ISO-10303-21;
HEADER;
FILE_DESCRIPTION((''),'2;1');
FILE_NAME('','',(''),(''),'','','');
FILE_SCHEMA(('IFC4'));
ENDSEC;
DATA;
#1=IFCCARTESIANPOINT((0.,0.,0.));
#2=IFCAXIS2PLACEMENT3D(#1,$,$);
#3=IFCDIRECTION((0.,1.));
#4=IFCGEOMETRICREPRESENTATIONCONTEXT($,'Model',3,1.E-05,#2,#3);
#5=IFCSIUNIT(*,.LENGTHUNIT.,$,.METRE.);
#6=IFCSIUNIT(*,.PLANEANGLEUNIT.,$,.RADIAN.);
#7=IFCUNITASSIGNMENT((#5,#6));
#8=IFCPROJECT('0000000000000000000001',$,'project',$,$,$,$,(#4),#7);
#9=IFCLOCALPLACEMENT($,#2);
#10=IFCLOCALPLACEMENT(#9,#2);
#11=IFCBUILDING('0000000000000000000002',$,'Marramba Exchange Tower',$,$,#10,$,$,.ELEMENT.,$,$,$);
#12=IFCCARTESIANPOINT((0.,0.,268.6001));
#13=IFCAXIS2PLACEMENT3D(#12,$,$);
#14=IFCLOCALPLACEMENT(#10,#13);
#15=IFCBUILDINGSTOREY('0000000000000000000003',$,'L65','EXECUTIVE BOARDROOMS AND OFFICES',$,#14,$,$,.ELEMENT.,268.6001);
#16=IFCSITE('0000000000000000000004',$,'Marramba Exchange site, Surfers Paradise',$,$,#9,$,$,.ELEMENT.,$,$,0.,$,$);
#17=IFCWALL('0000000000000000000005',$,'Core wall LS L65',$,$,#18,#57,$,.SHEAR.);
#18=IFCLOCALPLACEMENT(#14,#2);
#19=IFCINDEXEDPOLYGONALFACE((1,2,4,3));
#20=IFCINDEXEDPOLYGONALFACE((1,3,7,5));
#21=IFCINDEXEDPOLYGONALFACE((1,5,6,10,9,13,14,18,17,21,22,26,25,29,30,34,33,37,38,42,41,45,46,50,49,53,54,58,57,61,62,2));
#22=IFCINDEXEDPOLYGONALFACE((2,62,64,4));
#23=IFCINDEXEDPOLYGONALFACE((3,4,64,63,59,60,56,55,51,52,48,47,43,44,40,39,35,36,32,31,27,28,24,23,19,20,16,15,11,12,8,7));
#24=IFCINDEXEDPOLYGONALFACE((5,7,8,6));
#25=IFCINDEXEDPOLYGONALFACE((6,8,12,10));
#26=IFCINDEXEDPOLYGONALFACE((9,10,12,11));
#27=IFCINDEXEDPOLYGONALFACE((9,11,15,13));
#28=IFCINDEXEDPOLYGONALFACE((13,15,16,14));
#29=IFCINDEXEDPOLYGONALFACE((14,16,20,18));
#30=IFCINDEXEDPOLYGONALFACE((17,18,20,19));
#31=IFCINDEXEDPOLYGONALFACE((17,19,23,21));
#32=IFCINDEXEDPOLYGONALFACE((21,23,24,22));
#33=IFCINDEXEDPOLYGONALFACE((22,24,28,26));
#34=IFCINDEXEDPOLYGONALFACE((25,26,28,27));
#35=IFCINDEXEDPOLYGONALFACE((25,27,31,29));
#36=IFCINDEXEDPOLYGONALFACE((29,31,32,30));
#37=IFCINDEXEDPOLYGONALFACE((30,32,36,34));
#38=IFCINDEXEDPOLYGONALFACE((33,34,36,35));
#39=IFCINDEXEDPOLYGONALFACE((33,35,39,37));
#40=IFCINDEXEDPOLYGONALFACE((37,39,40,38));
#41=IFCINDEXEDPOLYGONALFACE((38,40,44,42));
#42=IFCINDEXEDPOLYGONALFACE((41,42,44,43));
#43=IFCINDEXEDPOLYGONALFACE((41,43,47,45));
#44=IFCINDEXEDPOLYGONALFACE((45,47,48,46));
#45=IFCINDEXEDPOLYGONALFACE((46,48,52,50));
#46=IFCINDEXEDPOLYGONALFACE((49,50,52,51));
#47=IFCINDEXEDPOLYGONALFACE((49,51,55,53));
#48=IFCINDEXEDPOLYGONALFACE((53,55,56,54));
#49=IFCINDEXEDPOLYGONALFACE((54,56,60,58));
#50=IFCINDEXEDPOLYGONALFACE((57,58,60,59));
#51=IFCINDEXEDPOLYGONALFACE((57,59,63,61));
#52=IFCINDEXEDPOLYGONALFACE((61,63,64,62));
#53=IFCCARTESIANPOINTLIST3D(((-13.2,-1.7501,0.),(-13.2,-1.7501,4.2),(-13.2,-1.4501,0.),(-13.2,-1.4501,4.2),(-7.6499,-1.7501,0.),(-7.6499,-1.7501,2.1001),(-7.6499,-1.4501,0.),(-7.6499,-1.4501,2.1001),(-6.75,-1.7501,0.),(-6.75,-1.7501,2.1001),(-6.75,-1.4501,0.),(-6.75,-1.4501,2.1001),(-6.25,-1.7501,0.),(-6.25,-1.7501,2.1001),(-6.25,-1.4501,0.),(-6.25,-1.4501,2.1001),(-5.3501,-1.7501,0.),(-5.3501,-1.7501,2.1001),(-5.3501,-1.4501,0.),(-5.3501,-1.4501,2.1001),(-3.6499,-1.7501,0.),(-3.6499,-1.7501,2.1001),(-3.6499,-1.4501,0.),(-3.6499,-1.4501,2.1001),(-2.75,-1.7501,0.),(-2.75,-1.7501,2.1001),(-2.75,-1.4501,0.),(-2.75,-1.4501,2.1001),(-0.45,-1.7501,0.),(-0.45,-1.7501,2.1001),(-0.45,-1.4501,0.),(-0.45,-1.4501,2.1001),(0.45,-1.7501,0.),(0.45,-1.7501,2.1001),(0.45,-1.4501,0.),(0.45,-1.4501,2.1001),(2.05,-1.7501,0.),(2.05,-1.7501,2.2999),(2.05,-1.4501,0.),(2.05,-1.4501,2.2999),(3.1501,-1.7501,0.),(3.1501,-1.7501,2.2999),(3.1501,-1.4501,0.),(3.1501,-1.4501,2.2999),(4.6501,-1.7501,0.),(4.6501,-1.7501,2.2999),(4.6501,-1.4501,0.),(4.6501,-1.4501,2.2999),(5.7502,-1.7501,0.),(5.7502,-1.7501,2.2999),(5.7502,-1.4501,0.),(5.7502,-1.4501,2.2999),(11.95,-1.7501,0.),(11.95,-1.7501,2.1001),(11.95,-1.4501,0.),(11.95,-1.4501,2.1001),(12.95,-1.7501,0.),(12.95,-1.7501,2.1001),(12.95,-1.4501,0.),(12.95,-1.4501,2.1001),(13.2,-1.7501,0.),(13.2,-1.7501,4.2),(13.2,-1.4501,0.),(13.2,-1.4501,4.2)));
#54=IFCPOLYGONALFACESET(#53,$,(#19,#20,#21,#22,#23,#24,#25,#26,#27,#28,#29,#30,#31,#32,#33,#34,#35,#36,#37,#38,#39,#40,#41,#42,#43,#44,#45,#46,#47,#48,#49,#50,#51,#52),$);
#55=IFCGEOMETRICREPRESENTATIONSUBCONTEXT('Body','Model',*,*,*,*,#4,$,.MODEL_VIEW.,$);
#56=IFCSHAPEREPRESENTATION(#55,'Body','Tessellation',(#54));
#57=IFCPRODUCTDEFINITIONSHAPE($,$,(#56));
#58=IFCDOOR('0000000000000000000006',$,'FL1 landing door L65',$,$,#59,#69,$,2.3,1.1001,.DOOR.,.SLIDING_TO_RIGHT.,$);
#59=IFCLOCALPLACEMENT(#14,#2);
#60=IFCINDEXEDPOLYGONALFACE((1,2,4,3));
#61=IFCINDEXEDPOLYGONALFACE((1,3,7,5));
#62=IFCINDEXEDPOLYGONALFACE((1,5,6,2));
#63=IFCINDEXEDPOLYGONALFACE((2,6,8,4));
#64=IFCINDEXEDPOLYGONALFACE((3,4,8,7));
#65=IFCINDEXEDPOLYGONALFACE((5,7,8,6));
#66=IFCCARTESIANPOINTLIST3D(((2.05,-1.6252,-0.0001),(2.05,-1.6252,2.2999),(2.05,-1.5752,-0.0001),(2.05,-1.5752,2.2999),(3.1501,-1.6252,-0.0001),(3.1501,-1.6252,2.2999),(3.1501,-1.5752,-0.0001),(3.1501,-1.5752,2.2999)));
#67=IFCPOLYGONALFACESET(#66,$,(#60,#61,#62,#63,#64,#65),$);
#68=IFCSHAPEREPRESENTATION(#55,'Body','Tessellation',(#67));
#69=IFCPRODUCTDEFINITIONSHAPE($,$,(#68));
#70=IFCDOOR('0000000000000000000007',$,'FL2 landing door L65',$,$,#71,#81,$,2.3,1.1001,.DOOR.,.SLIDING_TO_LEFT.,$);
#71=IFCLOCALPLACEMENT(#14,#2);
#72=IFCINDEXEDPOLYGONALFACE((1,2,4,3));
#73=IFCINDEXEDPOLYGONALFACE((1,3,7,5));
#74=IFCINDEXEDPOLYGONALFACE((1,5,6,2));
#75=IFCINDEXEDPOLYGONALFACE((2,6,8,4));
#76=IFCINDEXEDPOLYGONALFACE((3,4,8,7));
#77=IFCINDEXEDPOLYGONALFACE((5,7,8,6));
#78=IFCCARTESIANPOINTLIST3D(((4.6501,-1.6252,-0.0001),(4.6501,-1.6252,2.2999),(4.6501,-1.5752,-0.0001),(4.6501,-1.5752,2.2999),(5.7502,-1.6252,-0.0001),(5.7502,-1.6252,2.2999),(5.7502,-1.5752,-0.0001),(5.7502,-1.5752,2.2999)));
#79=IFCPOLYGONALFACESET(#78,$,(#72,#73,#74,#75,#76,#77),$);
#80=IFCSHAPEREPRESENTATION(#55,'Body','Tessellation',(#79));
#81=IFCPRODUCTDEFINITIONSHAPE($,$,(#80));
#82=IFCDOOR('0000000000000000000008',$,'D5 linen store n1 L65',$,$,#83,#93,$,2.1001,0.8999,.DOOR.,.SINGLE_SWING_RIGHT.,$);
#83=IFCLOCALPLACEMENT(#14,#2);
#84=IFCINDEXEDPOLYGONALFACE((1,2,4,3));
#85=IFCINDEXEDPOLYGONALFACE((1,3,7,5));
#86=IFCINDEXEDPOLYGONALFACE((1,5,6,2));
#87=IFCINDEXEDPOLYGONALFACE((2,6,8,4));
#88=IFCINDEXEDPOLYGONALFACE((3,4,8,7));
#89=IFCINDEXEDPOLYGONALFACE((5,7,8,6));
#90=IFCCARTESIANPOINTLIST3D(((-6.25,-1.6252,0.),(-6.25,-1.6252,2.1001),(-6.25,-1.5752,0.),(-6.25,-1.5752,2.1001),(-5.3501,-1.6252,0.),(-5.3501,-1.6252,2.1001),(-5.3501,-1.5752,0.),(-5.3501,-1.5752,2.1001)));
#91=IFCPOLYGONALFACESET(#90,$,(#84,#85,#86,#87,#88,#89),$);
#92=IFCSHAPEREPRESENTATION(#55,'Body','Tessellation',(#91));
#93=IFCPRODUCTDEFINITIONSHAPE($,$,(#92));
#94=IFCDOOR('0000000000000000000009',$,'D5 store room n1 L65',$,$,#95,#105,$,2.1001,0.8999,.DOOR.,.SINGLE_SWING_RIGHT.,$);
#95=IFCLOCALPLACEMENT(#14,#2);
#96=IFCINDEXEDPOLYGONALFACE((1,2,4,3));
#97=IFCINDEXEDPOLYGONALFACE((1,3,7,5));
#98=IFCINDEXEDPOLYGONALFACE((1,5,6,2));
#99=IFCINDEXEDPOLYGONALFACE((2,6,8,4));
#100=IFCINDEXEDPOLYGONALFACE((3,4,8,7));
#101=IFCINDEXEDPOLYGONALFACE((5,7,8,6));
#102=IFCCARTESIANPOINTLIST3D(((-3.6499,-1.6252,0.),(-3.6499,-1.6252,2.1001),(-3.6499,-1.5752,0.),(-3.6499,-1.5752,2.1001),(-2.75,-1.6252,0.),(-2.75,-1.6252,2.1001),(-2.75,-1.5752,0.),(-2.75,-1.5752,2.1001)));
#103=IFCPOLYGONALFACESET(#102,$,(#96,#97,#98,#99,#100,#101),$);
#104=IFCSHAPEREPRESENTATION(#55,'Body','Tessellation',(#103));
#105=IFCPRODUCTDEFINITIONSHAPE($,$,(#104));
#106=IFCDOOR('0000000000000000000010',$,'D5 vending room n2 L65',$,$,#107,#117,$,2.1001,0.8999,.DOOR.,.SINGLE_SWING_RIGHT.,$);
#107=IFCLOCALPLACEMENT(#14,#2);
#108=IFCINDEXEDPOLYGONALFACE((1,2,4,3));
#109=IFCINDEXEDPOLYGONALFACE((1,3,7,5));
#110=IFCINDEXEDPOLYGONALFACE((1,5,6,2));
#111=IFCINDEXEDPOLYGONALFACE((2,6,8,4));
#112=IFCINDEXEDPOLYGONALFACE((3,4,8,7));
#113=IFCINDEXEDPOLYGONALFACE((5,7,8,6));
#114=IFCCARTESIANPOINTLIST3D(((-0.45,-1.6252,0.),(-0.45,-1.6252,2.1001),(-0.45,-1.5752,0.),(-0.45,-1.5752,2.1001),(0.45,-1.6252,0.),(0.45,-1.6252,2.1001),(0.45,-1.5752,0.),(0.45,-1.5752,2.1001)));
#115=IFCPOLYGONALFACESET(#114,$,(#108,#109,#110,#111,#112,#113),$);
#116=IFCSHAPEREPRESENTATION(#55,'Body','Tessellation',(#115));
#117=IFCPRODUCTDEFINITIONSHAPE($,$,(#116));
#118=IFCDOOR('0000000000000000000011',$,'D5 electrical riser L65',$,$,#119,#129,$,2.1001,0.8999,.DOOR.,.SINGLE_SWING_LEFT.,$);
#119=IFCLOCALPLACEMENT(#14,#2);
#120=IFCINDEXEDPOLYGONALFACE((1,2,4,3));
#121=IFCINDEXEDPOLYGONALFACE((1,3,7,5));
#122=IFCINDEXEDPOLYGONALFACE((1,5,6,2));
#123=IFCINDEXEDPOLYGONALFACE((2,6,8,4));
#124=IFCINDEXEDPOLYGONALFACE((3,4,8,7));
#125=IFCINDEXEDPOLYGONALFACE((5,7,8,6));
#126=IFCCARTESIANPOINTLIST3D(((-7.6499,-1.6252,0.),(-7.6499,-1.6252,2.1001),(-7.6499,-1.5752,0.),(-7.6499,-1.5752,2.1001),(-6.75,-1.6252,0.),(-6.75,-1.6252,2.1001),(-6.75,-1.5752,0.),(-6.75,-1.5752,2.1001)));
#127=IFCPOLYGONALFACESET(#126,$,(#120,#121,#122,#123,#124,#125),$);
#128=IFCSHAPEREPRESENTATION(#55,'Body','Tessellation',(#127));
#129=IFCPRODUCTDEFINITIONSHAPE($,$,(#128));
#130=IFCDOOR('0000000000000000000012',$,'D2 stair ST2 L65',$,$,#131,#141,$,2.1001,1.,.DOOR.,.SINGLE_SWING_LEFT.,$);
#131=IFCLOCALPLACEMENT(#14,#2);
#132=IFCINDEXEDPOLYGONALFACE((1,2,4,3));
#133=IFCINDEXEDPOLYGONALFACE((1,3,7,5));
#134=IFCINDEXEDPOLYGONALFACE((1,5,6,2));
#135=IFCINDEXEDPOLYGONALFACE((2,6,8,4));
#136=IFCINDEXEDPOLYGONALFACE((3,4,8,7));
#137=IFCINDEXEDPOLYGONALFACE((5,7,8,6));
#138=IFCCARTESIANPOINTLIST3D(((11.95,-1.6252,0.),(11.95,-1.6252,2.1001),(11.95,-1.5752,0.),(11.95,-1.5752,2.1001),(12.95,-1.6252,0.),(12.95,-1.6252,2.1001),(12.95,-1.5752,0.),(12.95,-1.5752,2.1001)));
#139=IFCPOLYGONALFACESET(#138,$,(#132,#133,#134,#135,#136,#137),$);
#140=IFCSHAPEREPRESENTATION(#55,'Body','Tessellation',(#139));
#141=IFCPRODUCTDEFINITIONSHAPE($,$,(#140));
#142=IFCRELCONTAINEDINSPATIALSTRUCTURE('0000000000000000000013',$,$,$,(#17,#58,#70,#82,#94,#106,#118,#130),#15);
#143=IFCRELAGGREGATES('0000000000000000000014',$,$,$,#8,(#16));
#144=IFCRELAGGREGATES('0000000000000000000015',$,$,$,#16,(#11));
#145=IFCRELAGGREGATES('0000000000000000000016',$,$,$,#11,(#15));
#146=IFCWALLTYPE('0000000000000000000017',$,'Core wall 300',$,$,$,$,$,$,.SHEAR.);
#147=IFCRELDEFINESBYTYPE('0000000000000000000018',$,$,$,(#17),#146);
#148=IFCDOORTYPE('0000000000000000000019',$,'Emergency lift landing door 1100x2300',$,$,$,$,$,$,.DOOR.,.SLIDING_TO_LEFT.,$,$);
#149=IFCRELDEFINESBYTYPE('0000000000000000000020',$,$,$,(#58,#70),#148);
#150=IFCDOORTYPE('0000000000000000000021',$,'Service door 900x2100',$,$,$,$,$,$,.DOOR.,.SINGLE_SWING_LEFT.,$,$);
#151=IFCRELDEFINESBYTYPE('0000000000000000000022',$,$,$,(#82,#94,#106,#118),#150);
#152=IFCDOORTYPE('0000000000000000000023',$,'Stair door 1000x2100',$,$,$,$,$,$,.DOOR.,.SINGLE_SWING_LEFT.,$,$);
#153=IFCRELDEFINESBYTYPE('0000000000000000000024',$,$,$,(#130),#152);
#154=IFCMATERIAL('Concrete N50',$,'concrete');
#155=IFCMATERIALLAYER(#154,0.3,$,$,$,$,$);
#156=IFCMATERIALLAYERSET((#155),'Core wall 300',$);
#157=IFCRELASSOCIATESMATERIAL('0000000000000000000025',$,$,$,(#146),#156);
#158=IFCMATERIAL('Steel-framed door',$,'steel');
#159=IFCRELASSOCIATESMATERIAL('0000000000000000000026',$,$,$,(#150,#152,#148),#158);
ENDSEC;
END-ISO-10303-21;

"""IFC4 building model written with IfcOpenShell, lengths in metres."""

from ifc_helpers import new_model, si_unit, direction, frame, frame_2d, origin, place, context, subcontext, project, spatial, rectangle, extrude, material, layer, layer_set, type_object, element, fill, save


model = new_model("IFC4")

# Units and contexts
model_context = context("Model", 3, precision=1e-05, world=origin(), true_north=direction((0.0, 1.0)))
body_context = subcontext(model_context, "Body", "Model", "MODEL_VIEW")
ifc_project = project(units=[si_unit("LENGTHUNIT", "METRE"), si_unit("PLANEANGLEUNIT", "RADIAN")], contexts=[model_context])

# Site, building, storey
site_placement = place(None, origin())
site = spatial("IfcSite", under=ifc_project, at=site_placement, Name="Marramba Exchange site, Surfers Paradise", CompositionType="ELEMENT", RefElevation=0.0)
building_placement = place(site_placement, origin())
building = spatial("IfcBuilding", under=site, at=building_placement, Name="Marramba Exchange Tower", CompositionType="ELEMENT")
storey_placement = place(building_placement, frame((0.0, 0.0, 268.6001)))
storey = spatial("IfcBuildingStorey", under=building, at=storey_placement, Name="L65", Description="EXECUTIVE BOARDROOMS AND OFFICES", CompositionType="ELEMENT", Elevation=268.6001)

# Wall, openings, doors
ifc_material_1 = material(Name="Concrete N50", Category="concrete")
ifc_layer_1 = layer(ifc_material_1, 0.3)
ifc_layer_set_1 = layer_set([ifc_layer_1], Name="Core wall 300")
wall_type_1 = type_object("IfcWallType", Name="Core wall 300", PredefinedType="SHEAR", material=ifc_layer_set_1)
ifc_material_2 = material(Name="Steel-framed door", Category="steel")
door_type_1 = type_object("IfcDoorType", Name="Service door 900x2100", OperationType="SINGLE_SWING_LEFT", PredefinedType="DOOR", material=ifc_material_2)
door_type_2 = type_object("IfcDoorType", Name="Stair door 1000x2100", OperationType="SINGLE_SWING_LEFT", PredefinedType="DOOR", material=ifc_material_2)
wall_1_placement = place(storey_placement, frame((-13.2, -1.6001, 0.0), z_axis=(0.0, 0.0, 1.0), x_axis=(1.0, 0.0, 0.0)))
wall_1 = element("IfcWall", 1, at=wall_1_placement, inside=storey, type_object=wall_type_1, Name="Core wall LS L65", PredefinedType="SHEAR", context=body_context, shape_type="SweptSolid", body=[
    extrude(rectangle(XDim=26.3999, YDim=0.3, at=frame_2d((13.2, 0.0))), origin(), (0.0, 0.0, 1.0), 4.2),
])
opening_1_placement = place(wall_1_placement, frame((25.1499, 0.0, 0.0)))
opening_1 = element("IfcOpeningElement", 2, at=opening_1_placement, cuts=wall_1, PredefinedType="OPENING", context=body_context, shape_type="SweptSolid", body=[
    extrude(rectangle(XDim=1.0, YDim=2.1001, at=frame_2d((0.5, 1.05))), frame((0.0, 0.1599, 0.0), z_axis=(0.0, -1.0, 0.0), x_axis=(1.0, 0.0, 0.0)), (0.0, 0.0, 1.0), 0.3201),
])
opening_2_placement = place(wall_1_placement, frame((6.95, 0.0, 0.0)))
opening_2 = element("IfcOpeningElement", 3, at=opening_2_placement, cuts=wall_1, PredefinedType="OPENING", context=body_context, shape_type="SweptSolid", body=[
    extrude(rectangle(XDim=0.8999, YDim=2.1001, at=frame_2d((0.45, 1.05))), frame((0.0, 0.1599, 0.0), z_axis=(0.0, -1.0, 0.0), x_axis=(1.0, 0.0, 0.0)), (0.0, 0.0, 1.0), 0.3201),
])
opening_3_placement = place(wall_1_placement, frame((9.55, 0.0, 0.0)))
opening_3 = element("IfcOpeningElement", 4, at=opening_3_placement, cuts=wall_1, PredefinedType="OPENING", context=body_context, shape_type="SweptSolid", body=[
    extrude(rectangle(XDim=0.8999, YDim=2.1001, at=frame_2d((0.45, 1.05))), frame((0.0, 0.1599, 0.0), z_axis=(0.0, -1.0, 0.0), x_axis=(1.0, 0.0, 0.0)), (0.0, 0.0, 1.0), 0.3201),
])
opening_4_placement = place(wall_1_placement, frame((12.75, 0.0, 0.0)))
opening_4 = element("IfcOpeningElement", 5, at=opening_4_placement, cuts=wall_1, PredefinedType="OPENING", context=body_context, shape_type="SweptSolid", body=[
    extrude(rectangle(XDim=0.8999, YDim=2.1001, at=frame_2d((0.45, 1.05))), frame((0.0, 0.1599, 0.0), z_axis=(0.0, -1.0, 0.0), x_axis=(1.0, 0.0, 0.0)), (0.0, 0.0, 1.0), 0.3201),
])
opening_5_placement = place(wall_1_placement, frame((15.25, 0.0, 0.0)))
opening_5 = element("IfcOpeningElement", 6, at=opening_5_placement, cuts=wall_1, PredefinedType="OPENING", context=body_context, shape_type="SweptSolid", body=[
    extrude(rectangle(XDim=1.1001, YDim=2.3, at=frame_2d((0.55, 1.1499))), frame((0.0, 0.1599, 0.0), z_axis=(0.0, -1.0, 0.0), x_axis=(1.0, 0.0, 0.0)), (0.0, 0.0, 1.0), 0.3201),
])
opening_6_placement = place(wall_1_placement, frame((17.8501, 0.0, 0.0)))
opening_6 = element("IfcOpeningElement", 7, at=opening_6_placement, cuts=wall_1, PredefinedType="OPENING", context=body_context, shape_type="SweptSolid", body=[
    extrude(rectangle(XDim=1.1001, YDim=2.3, at=frame_2d((0.55, 1.1499))), frame((0.0, 0.1599, 0.0), z_axis=(0.0, -1.0, 0.0), x_axis=(1.0, 0.0, 0.0)), (0.0, 0.0, 1.0), 0.3201),
])
opening_7_placement = place(wall_1_placement, frame((5.55, 0.0, 0.0)))
opening_7 = element("IfcOpeningElement", 8, at=opening_7_placement, cuts=wall_1, PredefinedType="OPENING", context=body_context, shape_type="SweptSolid", body=[
    extrude(rectangle(XDim=0.8999, YDim=2.1001, at=frame_2d((0.45, 1.05))), frame((0.0, 0.1599, 0.0), z_axis=(0.0, -1.0, 0.0), x_axis=(1.0, 0.0, 0.0)), (0.0, 0.0, 1.0), 0.3201),
])
door_type_3 = type_object("IfcDoorType", Name="Emergency lift landing door 1100x2300", OperationType="SLIDING_TO_LEFT", PredefinedType="DOOR", material=ifc_material_2)
door_1_placement = place(opening_5_placement, frame((1.1001, 0.0, 0.0), z_axis=(0.0, 0.0, 1.0), x_axis=(-1.0, 0.0, 0.0)))
door_1 = element("IfcDoor", 9, at=door_1_placement, inside=storey, type_object=door_type_3, Name="FL1 landing door L65", OperationType="SLIDING_TO_RIGHT", OverallHeight=2.3, OverallWidth=1.1001, PredefinedType="DOOR", context=body_context, shape_type="SweptSolid", body=[
    extrude(rectangle(XDim=1.1001, YDim=2.3, at=frame_2d((0.55, 1.1499))), frame((0.0, 0.0251, 0.0), z_axis=(0.0, -1.0, 0.0), x_axis=(1.0, 0.0, 0.0)), (0.0, 0.0, 1.0), 0.05),
])
fill(opening_5, door_1)
door_2_placement = place(opening_6_placement, frame((1.1001, 0.0, 0.0), z_axis=(0.0, 0.0, 1.0), x_axis=(-1.0, 0.0, 0.0)))
door_2 = element("IfcDoor", 10, at=door_2_placement, inside=storey, type_object=door_type_3, Name="FL2 landing door L65", OperationType="SLIDING_TO_LEFT", OverallHeight=2.3, OverallWidth=1.1001, PredefinedType="DOOR", context=body_context, shape_type="SweptSolid", body=[
    extrude(rectangle(XDim=1.1001, YDim=2.3, at=frame_2d((0.55, 1.1499))), frame((0.0, 0.0251, 0.0), z_axis=(0.0, -1.0, 0.0), x_axis=(1.0, 0.0, 0.0)), (0.0, 0.0, 1.0), 0.05),
])
fill(opening_6, door_2)
door_3_placement = place(opening_2_placement, frame((0.8999, 0.0, 0.0), z_axis=(0.0, 0.0, 1.0), x_axis=(-1.0, 0.0, 0.0)))
door_3 = element("IfcDoor", 11, at=door_3_placement, inside=storey, type_object=door_type_1, Name="D5 linen store n1 L65", OperationType="SINGLE_SWING_RIGHT", OverallHeight=2.1001, OverallWidth=0.8999, PredefinedType="DOOR", context=body_context, shape_type="SweptSolid", body=[
    extrude(rectangle(XDim=0.8999, YDim=2.1001, at=frame_2d((0.45, 1.05))), frame((0.0, 0.0251, 0.0), z_axis=(0.0, -1.0, 0.0), x_axis=(1.0, 0.0, 0.0)), (0.0, 0.0, 1.0), 0.05),
])
fill(opening_2, door_3)
door_4_placement = place(opening_3_placement, frame((0.8999, 0.0, 0.0), z_axis=(0.0, 0.0, 1.0), x_axis=(-1.0, 0.0, 0.0)))
door_4 = element("IfcDoor", 12, at=door_4_placement, inside=storey, type_object=door_type_1, Name="D5 store room n1 L65", OperationType="SINGLE_SWING_RIGHT", OverallHeight=2.1001, OverallWidth=0.8999, PredefinedType="DOOR", context=body_context, shape_type="SweptSolid", body=[
    extrude(rectangle(XDim=0.8999, YDim=2.1001, at=frame_2d((0.45, 1.05))), frame((0.0, 0.0251, 0.0), z_axis=(0.0, -1.0, 0.0), x_axis=(1.0, 0.0, 0.0)), (0.0, 0.0, 1.0), 0.05),
])
fill(opening_3, door_4)
door_5_placement = place(opening_4_placement, frame((0.8999, 0.0, 0.0), z_axis=(0.0, 0.0, 1.0), x_axis=(-1.0, 0.0, 0.0)))
door_5 = element("IfcDoor", 13, at=door_5_placement, inside=storey, type_object=door_type_1, Name="D5 vending room n2 L65", OperationType="SINGLE_SWING_RIGHT", OverallHeight=2.1001, OverallWidth=0.8999, PredefinedType="DOOR", context=body_context, shape_type="SweptSolid", body=[
    extrude(rectangle(XDim=0.8999, YDim=2.1001, at=frame_2d((0.45, 1.05))), frame((0.0, 0.0251, 0.0), z_axis=(0.0, -1.0, 0.0), x_axis=(1.0, 0.0, 0.0)), (0.0, 0.0, 1.0), 0.05),
])
fill(opening_4, door_5)
door_6_placement = place(opening_7_placement, frame((0.8999, 0.0, 0.0), z_axis=(0.0, 0.0, 1.0), x_axis=(-1.0, 0.0, 0.0)))
door_6 = element("IfcDoor", 14, at=door_6_placement, inside=storey, type_object=door_type_1, Name="D5 electrical riser L65", OperationType="SINGLE_SWING_LEFT", OverallHeight=2.1001, OverallWidth=0.8999, PredefinedType="DOOR", context=body_context, shape_type="SweptSolid", body=[
    extrude(rectangle(XDim=0.8999, YDim=2.1001, at=frame_2d((0.45, 1.05))), frame((0.0, 0.0251, 0.0), z_axis=(0.0, -1.0, 0.0), x_axis=(1.0, 0.0, 0.0)), (0.0, 0.0, 1.0), 0.05),
])
fill(opening_7, door_6)
door_7_placement = place(opening_1_placement, frame((1.0, 0.0, 0.0), z_axis=(0.0, 0.0, 1.0), x_axis=(-1.0, 0.0, 0.0)))
door_7 = element("IfcDoor", 15, at=door_7_placement, inside=storey, type_object=door_type_2, Name="D2 stair ST2 L65", OperationType="SINGLE_SWING_LEFT", OverallHeight=2.1001, OverallWidth=1.0, PredefinedType="DOOR", context=body_context, shape_type="SweptSolid", body=[
    extrude(rectangle(XDim=1.0, YDim=2.1001, at=frame_2d((0.5, 1.05))), frame((0.0, 0.0251, 0.0), z_axis=(0.0, -1.0, 0.0), x_axis=(1.0, 0.0, 0.0)), (0.0, 0.0, 1.0), 0.05),
])
fill(opening_1, door_7)

save(model, "model.ifc")
